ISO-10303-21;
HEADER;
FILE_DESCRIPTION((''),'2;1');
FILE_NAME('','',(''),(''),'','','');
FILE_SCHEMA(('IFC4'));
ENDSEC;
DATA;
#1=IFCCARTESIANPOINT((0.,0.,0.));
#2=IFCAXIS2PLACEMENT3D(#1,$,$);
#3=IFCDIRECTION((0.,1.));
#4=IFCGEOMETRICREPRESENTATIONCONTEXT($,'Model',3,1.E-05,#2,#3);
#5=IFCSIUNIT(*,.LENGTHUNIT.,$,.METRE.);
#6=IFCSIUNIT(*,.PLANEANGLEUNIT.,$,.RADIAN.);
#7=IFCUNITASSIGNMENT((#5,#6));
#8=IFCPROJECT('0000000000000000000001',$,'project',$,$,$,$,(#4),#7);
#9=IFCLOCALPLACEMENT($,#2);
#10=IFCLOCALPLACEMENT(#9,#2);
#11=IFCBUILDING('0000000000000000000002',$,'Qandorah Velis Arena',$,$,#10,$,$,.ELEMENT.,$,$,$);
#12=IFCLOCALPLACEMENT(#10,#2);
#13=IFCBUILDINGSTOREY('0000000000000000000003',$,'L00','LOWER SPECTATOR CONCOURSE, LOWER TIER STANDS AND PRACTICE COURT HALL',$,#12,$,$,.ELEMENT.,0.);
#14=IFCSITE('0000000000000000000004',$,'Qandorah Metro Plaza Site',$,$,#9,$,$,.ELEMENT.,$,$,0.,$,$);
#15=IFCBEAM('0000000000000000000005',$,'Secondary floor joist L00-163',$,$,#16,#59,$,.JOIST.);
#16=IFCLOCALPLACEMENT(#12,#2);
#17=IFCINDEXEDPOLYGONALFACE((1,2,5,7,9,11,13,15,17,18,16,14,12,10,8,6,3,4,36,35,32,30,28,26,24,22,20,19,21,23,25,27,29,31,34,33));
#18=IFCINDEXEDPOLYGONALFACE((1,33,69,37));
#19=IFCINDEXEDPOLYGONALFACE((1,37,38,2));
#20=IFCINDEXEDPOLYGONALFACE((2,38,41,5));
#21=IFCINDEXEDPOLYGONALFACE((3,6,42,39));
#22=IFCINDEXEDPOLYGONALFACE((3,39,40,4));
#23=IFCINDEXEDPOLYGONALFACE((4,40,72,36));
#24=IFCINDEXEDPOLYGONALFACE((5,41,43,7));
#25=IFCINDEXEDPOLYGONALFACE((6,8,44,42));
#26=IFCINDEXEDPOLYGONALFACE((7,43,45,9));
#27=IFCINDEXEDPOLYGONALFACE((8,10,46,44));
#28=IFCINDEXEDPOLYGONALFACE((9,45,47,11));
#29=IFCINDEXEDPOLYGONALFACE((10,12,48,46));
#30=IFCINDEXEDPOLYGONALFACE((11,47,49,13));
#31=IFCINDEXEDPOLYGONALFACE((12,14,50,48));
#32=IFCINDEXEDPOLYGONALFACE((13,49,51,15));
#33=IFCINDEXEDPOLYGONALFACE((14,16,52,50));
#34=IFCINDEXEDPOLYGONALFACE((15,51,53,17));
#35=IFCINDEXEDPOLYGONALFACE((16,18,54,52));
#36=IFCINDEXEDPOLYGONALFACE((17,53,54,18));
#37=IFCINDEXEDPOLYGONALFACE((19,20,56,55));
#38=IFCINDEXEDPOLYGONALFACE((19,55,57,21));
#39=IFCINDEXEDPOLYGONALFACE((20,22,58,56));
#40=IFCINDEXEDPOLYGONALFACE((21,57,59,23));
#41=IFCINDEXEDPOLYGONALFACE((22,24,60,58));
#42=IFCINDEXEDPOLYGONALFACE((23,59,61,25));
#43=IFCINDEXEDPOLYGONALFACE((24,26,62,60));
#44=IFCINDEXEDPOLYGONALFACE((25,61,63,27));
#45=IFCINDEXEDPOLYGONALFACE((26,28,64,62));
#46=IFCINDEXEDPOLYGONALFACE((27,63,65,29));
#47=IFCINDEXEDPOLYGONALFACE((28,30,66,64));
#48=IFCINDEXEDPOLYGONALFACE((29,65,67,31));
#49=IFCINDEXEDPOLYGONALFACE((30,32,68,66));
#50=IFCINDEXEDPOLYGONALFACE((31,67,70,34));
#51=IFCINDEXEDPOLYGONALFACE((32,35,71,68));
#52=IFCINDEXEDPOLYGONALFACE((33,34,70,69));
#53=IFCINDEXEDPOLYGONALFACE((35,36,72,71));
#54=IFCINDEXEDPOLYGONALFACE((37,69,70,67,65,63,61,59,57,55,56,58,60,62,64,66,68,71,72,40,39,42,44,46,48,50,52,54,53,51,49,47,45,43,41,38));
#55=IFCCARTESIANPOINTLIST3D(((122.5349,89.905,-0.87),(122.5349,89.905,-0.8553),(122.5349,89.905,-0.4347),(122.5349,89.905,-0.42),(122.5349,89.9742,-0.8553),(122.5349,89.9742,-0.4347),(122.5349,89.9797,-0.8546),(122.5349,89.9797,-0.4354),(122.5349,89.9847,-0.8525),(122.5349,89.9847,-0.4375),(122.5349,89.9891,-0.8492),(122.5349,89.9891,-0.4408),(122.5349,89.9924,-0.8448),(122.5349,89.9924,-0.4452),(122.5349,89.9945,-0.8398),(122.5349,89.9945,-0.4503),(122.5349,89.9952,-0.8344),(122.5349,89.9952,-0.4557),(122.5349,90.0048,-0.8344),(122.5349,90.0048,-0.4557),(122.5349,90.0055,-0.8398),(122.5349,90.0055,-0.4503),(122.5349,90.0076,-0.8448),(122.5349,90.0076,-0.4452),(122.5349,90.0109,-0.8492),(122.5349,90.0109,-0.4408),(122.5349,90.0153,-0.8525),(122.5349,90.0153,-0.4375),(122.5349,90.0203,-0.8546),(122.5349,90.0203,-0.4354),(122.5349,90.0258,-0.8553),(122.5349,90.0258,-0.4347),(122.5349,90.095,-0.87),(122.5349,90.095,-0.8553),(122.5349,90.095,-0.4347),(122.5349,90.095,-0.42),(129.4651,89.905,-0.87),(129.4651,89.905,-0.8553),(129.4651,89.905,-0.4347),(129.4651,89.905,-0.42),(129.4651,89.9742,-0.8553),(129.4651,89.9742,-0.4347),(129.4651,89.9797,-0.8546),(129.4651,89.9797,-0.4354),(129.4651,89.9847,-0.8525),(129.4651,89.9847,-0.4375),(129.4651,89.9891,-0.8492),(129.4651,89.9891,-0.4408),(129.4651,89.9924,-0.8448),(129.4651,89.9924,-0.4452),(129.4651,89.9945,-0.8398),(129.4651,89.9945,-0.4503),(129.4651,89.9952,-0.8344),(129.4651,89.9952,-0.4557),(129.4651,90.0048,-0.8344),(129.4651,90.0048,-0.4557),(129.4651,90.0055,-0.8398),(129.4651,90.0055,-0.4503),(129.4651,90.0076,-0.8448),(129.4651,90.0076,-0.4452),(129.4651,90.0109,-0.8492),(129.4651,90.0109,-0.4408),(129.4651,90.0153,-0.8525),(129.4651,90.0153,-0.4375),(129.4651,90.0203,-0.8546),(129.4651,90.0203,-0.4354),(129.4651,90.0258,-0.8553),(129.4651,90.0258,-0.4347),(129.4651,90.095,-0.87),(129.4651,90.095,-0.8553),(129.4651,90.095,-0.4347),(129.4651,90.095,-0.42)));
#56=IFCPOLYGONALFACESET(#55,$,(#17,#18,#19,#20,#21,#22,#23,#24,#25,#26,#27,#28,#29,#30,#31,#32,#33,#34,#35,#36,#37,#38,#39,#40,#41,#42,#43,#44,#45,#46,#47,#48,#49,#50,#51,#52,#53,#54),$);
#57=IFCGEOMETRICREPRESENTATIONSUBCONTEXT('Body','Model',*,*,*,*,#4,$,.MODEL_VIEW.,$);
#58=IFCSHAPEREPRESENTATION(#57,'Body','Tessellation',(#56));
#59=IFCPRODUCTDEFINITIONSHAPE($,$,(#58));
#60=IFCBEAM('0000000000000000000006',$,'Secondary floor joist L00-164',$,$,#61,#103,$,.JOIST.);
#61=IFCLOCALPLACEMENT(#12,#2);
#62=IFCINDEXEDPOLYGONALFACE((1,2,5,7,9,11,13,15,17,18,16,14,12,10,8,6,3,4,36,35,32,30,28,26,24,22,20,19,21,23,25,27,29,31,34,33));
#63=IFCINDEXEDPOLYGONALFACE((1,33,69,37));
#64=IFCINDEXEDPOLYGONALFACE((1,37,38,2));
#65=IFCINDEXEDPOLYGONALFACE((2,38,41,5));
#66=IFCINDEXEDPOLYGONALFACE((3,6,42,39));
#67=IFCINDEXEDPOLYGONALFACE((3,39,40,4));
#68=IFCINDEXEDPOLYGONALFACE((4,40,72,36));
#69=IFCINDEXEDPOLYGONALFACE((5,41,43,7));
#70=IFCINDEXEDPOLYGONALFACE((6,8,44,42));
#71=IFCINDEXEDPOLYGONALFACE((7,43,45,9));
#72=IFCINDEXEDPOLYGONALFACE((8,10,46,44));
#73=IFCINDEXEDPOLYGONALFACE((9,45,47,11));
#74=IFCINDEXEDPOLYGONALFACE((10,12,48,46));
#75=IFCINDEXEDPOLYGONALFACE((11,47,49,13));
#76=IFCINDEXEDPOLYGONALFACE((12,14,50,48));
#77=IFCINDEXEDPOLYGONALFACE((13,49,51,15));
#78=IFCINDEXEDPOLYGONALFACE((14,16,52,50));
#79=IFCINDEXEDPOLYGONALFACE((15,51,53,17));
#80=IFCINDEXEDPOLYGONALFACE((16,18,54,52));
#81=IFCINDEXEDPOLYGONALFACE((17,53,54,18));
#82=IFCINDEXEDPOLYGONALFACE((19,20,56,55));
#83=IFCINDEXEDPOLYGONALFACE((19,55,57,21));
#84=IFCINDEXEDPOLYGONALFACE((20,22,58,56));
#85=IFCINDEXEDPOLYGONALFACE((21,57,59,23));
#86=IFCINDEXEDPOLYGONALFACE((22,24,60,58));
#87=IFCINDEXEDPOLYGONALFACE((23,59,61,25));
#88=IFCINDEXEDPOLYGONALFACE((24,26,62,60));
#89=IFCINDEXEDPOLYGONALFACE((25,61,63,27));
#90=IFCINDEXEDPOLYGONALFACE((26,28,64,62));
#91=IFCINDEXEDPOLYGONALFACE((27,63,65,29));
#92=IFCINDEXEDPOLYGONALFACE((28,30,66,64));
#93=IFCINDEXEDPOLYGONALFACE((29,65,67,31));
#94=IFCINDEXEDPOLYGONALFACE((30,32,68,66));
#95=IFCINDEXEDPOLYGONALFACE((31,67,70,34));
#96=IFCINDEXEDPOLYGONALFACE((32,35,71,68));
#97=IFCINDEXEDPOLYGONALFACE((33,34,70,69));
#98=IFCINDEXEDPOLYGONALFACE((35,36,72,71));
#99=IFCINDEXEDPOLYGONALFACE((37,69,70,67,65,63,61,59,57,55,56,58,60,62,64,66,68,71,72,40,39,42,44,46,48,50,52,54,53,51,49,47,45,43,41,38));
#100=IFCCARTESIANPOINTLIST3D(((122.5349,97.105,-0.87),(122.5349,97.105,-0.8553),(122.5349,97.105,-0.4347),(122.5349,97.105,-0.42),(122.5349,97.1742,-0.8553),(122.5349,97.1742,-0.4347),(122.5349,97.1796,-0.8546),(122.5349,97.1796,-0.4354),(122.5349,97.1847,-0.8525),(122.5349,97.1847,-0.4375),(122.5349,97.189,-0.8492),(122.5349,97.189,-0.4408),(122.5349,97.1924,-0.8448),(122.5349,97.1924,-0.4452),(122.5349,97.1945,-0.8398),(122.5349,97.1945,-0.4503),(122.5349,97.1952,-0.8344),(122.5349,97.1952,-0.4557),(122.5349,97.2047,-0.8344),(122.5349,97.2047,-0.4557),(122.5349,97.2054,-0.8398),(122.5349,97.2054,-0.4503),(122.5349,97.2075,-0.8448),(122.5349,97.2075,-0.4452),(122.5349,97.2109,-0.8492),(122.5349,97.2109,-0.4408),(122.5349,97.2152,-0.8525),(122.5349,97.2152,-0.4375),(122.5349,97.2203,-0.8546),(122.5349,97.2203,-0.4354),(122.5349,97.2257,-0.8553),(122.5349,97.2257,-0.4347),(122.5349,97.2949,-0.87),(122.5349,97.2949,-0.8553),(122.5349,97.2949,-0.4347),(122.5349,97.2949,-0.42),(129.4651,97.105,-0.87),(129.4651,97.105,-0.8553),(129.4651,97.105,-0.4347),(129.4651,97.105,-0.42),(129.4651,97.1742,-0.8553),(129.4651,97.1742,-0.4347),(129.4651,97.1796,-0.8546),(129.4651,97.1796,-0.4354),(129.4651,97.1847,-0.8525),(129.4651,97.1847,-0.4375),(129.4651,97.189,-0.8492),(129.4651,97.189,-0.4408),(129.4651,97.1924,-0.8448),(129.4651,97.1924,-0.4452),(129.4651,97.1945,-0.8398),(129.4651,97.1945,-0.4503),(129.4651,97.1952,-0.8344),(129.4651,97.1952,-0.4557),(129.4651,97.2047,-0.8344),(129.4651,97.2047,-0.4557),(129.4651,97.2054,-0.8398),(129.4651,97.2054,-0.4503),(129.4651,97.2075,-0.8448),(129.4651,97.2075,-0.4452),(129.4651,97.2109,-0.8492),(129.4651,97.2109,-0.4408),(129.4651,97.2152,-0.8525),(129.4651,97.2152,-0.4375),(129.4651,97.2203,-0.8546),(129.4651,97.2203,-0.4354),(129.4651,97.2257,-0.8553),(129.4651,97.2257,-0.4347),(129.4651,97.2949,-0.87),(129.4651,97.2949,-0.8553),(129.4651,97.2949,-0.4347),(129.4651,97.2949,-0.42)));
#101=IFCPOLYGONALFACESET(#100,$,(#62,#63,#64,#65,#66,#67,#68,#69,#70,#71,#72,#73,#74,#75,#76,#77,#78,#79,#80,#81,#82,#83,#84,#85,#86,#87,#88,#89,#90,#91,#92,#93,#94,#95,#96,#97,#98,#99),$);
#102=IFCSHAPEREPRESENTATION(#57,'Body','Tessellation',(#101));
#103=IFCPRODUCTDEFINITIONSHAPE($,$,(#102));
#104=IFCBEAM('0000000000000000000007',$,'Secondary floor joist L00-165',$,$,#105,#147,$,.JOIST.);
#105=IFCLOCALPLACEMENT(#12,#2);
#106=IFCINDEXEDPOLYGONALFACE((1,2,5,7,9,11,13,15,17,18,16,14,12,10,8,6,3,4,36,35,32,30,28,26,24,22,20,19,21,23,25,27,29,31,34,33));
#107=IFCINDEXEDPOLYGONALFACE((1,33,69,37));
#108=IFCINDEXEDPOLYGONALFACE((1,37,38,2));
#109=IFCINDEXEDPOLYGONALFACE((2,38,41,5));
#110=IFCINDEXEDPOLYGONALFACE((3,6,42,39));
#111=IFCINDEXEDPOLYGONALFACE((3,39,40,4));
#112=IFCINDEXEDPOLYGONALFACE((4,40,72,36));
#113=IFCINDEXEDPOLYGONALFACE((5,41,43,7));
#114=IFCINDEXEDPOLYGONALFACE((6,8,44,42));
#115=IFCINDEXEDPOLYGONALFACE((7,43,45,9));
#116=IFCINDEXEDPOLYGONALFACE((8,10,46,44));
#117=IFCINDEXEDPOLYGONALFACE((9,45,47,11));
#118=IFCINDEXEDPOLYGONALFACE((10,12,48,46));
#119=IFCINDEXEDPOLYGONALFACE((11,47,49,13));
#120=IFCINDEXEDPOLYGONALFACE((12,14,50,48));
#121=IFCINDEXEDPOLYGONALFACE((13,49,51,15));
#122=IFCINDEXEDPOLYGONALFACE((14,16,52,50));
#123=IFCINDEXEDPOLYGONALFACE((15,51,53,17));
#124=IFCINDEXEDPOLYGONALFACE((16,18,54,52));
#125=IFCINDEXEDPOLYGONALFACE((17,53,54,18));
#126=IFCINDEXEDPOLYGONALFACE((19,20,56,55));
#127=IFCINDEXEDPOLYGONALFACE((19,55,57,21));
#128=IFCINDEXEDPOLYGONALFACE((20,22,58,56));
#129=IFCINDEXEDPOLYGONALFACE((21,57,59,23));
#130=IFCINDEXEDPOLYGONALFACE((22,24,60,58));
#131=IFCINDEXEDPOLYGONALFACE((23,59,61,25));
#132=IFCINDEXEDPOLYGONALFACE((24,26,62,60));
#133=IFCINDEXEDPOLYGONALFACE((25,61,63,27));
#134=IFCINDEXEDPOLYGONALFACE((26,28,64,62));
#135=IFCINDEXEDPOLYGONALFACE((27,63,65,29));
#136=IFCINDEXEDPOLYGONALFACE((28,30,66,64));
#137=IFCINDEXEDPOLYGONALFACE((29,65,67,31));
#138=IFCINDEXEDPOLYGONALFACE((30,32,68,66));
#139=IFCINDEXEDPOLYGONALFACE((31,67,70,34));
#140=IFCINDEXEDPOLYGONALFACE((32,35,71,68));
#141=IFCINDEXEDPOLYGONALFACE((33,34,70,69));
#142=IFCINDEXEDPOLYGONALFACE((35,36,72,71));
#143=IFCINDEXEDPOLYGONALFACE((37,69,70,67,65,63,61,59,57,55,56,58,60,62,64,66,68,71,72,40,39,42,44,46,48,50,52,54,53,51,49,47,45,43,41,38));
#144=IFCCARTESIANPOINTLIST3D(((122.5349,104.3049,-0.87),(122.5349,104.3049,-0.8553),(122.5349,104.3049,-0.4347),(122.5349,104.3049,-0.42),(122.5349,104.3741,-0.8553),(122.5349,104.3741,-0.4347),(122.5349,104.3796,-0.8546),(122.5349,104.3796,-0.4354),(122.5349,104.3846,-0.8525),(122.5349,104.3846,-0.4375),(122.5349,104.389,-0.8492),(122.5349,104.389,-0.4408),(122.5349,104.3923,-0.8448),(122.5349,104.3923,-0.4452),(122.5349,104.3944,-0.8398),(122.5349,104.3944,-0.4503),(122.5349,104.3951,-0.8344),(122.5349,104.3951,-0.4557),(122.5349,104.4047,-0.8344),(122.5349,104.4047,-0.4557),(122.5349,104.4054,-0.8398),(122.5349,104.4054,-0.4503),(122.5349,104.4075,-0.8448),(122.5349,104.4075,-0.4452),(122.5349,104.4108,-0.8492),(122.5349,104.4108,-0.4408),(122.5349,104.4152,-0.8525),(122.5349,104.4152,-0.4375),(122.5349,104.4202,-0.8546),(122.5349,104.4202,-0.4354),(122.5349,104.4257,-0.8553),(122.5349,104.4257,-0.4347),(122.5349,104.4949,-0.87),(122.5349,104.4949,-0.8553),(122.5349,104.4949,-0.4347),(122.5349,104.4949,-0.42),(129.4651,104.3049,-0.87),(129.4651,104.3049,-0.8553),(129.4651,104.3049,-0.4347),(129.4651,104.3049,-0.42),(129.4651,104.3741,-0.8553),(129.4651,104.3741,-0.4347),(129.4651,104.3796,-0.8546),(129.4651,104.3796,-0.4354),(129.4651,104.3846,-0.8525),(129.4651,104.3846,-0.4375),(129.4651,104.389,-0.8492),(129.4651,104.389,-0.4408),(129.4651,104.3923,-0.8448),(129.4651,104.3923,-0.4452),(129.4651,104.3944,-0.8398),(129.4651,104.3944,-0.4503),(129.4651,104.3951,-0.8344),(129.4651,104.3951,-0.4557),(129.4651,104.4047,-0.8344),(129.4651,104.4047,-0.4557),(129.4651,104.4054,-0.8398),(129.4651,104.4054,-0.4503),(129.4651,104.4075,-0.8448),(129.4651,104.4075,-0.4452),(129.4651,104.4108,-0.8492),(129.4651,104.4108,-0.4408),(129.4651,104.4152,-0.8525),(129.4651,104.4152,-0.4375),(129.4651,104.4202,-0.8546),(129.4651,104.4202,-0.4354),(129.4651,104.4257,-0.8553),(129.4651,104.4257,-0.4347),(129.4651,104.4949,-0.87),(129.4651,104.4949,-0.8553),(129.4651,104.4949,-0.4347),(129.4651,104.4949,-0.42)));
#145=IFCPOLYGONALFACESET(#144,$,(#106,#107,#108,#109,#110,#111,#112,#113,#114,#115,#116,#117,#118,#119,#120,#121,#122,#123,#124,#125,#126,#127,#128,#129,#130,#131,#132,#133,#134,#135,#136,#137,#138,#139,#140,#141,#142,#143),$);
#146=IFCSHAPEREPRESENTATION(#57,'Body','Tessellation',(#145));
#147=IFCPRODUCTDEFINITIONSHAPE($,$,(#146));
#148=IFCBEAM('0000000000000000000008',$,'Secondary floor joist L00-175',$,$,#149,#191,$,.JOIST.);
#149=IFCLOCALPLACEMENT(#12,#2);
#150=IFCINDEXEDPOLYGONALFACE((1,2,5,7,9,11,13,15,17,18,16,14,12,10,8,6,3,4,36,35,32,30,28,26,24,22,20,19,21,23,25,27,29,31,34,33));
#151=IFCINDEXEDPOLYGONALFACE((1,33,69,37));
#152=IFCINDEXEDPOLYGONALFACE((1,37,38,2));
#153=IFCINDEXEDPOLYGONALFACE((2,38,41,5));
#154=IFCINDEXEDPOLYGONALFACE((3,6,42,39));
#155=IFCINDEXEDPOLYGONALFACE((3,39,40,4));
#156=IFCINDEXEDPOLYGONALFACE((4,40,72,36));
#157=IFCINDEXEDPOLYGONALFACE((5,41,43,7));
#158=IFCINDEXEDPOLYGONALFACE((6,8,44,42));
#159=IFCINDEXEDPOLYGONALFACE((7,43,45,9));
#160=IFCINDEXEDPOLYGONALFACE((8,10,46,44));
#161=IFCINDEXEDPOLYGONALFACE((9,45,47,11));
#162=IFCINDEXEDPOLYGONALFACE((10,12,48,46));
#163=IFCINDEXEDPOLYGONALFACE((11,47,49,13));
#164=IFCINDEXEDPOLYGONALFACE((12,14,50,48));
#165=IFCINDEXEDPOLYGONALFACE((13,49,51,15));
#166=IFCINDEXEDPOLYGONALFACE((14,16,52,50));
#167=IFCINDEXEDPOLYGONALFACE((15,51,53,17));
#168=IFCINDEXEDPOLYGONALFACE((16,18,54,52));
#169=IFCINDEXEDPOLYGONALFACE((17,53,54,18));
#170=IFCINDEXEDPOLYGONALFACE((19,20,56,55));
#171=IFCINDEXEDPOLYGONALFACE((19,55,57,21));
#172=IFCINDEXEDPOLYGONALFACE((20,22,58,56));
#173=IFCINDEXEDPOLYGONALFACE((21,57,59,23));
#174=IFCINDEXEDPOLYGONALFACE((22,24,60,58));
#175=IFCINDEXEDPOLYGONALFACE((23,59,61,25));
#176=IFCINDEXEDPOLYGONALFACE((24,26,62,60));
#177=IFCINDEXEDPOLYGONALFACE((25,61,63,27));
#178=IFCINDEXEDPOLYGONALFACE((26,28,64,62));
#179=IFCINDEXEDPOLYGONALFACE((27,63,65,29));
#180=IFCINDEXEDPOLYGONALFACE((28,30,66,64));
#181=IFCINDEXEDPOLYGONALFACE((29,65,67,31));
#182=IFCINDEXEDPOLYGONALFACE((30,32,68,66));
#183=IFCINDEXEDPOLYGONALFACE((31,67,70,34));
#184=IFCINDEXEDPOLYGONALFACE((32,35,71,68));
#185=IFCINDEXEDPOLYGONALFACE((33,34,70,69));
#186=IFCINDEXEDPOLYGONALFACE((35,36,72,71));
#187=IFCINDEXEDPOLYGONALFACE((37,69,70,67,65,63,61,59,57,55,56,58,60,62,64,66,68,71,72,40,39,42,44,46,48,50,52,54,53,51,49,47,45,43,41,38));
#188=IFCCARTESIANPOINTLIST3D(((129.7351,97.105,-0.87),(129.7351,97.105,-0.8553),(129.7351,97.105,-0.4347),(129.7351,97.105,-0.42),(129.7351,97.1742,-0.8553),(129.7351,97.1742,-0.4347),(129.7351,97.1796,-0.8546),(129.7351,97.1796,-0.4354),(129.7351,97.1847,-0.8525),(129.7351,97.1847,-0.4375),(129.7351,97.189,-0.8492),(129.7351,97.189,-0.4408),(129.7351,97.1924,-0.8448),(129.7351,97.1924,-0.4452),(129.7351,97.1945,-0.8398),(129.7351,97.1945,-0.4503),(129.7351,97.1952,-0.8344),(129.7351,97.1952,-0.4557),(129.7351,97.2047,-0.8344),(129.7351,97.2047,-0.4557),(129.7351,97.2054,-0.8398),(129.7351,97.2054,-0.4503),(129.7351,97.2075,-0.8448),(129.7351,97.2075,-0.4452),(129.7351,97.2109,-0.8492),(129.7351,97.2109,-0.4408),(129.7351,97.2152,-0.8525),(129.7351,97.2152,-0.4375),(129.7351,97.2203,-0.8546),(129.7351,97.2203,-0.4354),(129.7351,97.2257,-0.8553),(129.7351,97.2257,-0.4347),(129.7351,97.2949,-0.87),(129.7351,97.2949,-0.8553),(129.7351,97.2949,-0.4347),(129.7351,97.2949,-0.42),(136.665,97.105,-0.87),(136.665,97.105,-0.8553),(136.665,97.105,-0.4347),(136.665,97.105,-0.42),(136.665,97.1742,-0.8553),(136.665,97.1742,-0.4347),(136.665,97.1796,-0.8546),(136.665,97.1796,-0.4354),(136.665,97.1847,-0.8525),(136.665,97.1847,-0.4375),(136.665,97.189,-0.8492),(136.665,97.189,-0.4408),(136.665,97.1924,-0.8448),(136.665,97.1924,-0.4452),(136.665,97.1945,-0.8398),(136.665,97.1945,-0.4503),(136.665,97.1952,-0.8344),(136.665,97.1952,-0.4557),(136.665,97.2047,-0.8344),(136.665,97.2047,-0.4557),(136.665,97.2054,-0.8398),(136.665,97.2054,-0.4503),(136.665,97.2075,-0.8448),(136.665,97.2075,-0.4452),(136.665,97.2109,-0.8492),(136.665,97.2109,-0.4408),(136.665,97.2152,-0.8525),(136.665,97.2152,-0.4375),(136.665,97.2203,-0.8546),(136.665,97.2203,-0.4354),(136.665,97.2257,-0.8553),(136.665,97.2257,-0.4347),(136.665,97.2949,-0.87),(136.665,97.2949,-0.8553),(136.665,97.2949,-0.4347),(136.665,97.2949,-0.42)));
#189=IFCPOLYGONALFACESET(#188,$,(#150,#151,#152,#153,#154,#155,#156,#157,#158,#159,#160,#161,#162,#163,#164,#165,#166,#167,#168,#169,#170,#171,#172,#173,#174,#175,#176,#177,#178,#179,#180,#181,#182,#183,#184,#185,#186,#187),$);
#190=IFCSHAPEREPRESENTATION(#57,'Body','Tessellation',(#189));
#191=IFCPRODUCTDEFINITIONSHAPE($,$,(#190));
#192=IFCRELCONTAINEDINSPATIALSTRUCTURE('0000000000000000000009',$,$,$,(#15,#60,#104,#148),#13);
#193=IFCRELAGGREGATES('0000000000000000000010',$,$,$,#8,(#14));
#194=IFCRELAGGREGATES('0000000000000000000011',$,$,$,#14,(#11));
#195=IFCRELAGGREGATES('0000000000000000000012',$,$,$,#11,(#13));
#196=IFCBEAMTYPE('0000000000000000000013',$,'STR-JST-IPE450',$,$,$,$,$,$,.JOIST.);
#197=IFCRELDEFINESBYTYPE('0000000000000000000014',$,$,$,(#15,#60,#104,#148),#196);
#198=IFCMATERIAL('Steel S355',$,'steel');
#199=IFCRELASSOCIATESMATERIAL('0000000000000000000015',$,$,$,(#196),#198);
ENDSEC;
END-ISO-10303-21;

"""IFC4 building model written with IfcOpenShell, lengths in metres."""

from ifc_helpers import new_model, si_unit, direction, frame, origin, origin_2d, place, context, subcontext, project, spatial, i_section, extrude, material, material_profile, profile_set, type_object, element, save


model = new_model("IFC4")

# Units and contexts
model_context = context("Model", 3, precision=1e-05, world=origin(), true_north=direction((0.0, 1.0)))
body_context = subcontext(model_context, "Body", "Model", "MODEL_VIEW")
ifc_project = project(units=[si_unit("LENGTHUNIT", "METRE"), si_unit("PLANEANGLEUNIT", "RADIAN")], contexts=[model_context])

# Site, building, storey
site_placement = place(None, origin())
site = spatial("IfcSite", under=ifc_project, at=site_placement, Name="Qandorah Metro Plaza Site", CompositionType="ELEMENT", RefElevation=0.0)
building_placement = place(site_placement, origin())
building = spatial("IfcBuilding", under=site, at=building_placement, Name="Qandorah Velis Arena", CompositionType="ELEMENT")
storey_placement = place(building_placement, origin())
storey = spatial("IfcBuildingStorey", under=building, at=storey_placement, Name="L00", Description="LOWER SPECTATOR CONCOURSE, LOWER TIER STANDS AND PRACTICE COURT HALL", CompositionType="ELEMENT", Elevation=0.0)

# Beams
ifc_material_1 = material(Name="Steel S355", Category="steel")
ifc_material_profile_1 = material_profile(ifc_material_1, i_section(OverallWidth=0.1899, OverallDepth=0.45, WebThickness=0.0095, FlangeThickness=0.0146, FilletRadius=0.021, at=origin_2d()), Name="IPE 450")
ifc_profile_set_1 = profile_set([ifc_material_profile_1], Name="Steel S355")
beam_type_1 = type_object("IfcBeamType", Name="STR-JST-IPE450", PredefinedType="JOIST", material=ifc_profile_set_1)
for number, where, z_axis, x_axis, name in (
    (1, (122.5349, 90.0, -0.645), (1.0, 0.0, 0.0), (0.0, 1.0, 0.0), "Secondary floor joist L00-163"),
    (2, (122.5349, 97.2, -0.645), (1.0, 0.0, 0.0), (0.0, 1.0, 0.0), "Secondary floor joist L00-164"),
    (3, (122.5349, 104.3999, -0.645), (1.0, 0.0, 0.0), (0.0, 1.0, 0.0), "Secondary floor joist L00-165"),
):
    element("IfcBeam", number, at=place(storey_placement, frame(where, z_axis=z_axis, x_axis=x_axis)), inside=storey, type_object=beam_type_1, Name=name, PredefinedType="JOIST", context=body_context, shape_type="SweptSolid", body=[
        extrude(i_section(OverallWidth=0.1899, OverallDepth=0.45, WebThickness=0.0095, FlangeThickness=0.0146, FilletRadius=0.021, at=origin_2d()), origin(), (0.0, 0.0, 1.0), 6.9302),
    ])
for number, where, z_axis, x_axis, name in (
    (4, (129.7351, 97.2, -0.645), (1.0, 0.0, 0.0), (0.0, 1.0, 0.0), "Secondary floor joist L00-175"),
):
    element("IfcBeam", number, at=place(storey_placement, frame(where, z_axis=z_axis, x_axis=x_axis)), inside=storey, type_object=beam_type_1, Name=name, PredefinedType="JOIST", context=body_context, shape_type="SweptSolid", body=[
        extrude(i_section(OverallWidth=0.1899, OverallDepth=0.45, WebThickness=0.0095, FlangeThickness=0.0146, FilletRadius=0.021, at=origin_2d()), origin(), (0.0, 0.0, 1.0), 6.9299),
    ])

save(model, "model.ifc")
